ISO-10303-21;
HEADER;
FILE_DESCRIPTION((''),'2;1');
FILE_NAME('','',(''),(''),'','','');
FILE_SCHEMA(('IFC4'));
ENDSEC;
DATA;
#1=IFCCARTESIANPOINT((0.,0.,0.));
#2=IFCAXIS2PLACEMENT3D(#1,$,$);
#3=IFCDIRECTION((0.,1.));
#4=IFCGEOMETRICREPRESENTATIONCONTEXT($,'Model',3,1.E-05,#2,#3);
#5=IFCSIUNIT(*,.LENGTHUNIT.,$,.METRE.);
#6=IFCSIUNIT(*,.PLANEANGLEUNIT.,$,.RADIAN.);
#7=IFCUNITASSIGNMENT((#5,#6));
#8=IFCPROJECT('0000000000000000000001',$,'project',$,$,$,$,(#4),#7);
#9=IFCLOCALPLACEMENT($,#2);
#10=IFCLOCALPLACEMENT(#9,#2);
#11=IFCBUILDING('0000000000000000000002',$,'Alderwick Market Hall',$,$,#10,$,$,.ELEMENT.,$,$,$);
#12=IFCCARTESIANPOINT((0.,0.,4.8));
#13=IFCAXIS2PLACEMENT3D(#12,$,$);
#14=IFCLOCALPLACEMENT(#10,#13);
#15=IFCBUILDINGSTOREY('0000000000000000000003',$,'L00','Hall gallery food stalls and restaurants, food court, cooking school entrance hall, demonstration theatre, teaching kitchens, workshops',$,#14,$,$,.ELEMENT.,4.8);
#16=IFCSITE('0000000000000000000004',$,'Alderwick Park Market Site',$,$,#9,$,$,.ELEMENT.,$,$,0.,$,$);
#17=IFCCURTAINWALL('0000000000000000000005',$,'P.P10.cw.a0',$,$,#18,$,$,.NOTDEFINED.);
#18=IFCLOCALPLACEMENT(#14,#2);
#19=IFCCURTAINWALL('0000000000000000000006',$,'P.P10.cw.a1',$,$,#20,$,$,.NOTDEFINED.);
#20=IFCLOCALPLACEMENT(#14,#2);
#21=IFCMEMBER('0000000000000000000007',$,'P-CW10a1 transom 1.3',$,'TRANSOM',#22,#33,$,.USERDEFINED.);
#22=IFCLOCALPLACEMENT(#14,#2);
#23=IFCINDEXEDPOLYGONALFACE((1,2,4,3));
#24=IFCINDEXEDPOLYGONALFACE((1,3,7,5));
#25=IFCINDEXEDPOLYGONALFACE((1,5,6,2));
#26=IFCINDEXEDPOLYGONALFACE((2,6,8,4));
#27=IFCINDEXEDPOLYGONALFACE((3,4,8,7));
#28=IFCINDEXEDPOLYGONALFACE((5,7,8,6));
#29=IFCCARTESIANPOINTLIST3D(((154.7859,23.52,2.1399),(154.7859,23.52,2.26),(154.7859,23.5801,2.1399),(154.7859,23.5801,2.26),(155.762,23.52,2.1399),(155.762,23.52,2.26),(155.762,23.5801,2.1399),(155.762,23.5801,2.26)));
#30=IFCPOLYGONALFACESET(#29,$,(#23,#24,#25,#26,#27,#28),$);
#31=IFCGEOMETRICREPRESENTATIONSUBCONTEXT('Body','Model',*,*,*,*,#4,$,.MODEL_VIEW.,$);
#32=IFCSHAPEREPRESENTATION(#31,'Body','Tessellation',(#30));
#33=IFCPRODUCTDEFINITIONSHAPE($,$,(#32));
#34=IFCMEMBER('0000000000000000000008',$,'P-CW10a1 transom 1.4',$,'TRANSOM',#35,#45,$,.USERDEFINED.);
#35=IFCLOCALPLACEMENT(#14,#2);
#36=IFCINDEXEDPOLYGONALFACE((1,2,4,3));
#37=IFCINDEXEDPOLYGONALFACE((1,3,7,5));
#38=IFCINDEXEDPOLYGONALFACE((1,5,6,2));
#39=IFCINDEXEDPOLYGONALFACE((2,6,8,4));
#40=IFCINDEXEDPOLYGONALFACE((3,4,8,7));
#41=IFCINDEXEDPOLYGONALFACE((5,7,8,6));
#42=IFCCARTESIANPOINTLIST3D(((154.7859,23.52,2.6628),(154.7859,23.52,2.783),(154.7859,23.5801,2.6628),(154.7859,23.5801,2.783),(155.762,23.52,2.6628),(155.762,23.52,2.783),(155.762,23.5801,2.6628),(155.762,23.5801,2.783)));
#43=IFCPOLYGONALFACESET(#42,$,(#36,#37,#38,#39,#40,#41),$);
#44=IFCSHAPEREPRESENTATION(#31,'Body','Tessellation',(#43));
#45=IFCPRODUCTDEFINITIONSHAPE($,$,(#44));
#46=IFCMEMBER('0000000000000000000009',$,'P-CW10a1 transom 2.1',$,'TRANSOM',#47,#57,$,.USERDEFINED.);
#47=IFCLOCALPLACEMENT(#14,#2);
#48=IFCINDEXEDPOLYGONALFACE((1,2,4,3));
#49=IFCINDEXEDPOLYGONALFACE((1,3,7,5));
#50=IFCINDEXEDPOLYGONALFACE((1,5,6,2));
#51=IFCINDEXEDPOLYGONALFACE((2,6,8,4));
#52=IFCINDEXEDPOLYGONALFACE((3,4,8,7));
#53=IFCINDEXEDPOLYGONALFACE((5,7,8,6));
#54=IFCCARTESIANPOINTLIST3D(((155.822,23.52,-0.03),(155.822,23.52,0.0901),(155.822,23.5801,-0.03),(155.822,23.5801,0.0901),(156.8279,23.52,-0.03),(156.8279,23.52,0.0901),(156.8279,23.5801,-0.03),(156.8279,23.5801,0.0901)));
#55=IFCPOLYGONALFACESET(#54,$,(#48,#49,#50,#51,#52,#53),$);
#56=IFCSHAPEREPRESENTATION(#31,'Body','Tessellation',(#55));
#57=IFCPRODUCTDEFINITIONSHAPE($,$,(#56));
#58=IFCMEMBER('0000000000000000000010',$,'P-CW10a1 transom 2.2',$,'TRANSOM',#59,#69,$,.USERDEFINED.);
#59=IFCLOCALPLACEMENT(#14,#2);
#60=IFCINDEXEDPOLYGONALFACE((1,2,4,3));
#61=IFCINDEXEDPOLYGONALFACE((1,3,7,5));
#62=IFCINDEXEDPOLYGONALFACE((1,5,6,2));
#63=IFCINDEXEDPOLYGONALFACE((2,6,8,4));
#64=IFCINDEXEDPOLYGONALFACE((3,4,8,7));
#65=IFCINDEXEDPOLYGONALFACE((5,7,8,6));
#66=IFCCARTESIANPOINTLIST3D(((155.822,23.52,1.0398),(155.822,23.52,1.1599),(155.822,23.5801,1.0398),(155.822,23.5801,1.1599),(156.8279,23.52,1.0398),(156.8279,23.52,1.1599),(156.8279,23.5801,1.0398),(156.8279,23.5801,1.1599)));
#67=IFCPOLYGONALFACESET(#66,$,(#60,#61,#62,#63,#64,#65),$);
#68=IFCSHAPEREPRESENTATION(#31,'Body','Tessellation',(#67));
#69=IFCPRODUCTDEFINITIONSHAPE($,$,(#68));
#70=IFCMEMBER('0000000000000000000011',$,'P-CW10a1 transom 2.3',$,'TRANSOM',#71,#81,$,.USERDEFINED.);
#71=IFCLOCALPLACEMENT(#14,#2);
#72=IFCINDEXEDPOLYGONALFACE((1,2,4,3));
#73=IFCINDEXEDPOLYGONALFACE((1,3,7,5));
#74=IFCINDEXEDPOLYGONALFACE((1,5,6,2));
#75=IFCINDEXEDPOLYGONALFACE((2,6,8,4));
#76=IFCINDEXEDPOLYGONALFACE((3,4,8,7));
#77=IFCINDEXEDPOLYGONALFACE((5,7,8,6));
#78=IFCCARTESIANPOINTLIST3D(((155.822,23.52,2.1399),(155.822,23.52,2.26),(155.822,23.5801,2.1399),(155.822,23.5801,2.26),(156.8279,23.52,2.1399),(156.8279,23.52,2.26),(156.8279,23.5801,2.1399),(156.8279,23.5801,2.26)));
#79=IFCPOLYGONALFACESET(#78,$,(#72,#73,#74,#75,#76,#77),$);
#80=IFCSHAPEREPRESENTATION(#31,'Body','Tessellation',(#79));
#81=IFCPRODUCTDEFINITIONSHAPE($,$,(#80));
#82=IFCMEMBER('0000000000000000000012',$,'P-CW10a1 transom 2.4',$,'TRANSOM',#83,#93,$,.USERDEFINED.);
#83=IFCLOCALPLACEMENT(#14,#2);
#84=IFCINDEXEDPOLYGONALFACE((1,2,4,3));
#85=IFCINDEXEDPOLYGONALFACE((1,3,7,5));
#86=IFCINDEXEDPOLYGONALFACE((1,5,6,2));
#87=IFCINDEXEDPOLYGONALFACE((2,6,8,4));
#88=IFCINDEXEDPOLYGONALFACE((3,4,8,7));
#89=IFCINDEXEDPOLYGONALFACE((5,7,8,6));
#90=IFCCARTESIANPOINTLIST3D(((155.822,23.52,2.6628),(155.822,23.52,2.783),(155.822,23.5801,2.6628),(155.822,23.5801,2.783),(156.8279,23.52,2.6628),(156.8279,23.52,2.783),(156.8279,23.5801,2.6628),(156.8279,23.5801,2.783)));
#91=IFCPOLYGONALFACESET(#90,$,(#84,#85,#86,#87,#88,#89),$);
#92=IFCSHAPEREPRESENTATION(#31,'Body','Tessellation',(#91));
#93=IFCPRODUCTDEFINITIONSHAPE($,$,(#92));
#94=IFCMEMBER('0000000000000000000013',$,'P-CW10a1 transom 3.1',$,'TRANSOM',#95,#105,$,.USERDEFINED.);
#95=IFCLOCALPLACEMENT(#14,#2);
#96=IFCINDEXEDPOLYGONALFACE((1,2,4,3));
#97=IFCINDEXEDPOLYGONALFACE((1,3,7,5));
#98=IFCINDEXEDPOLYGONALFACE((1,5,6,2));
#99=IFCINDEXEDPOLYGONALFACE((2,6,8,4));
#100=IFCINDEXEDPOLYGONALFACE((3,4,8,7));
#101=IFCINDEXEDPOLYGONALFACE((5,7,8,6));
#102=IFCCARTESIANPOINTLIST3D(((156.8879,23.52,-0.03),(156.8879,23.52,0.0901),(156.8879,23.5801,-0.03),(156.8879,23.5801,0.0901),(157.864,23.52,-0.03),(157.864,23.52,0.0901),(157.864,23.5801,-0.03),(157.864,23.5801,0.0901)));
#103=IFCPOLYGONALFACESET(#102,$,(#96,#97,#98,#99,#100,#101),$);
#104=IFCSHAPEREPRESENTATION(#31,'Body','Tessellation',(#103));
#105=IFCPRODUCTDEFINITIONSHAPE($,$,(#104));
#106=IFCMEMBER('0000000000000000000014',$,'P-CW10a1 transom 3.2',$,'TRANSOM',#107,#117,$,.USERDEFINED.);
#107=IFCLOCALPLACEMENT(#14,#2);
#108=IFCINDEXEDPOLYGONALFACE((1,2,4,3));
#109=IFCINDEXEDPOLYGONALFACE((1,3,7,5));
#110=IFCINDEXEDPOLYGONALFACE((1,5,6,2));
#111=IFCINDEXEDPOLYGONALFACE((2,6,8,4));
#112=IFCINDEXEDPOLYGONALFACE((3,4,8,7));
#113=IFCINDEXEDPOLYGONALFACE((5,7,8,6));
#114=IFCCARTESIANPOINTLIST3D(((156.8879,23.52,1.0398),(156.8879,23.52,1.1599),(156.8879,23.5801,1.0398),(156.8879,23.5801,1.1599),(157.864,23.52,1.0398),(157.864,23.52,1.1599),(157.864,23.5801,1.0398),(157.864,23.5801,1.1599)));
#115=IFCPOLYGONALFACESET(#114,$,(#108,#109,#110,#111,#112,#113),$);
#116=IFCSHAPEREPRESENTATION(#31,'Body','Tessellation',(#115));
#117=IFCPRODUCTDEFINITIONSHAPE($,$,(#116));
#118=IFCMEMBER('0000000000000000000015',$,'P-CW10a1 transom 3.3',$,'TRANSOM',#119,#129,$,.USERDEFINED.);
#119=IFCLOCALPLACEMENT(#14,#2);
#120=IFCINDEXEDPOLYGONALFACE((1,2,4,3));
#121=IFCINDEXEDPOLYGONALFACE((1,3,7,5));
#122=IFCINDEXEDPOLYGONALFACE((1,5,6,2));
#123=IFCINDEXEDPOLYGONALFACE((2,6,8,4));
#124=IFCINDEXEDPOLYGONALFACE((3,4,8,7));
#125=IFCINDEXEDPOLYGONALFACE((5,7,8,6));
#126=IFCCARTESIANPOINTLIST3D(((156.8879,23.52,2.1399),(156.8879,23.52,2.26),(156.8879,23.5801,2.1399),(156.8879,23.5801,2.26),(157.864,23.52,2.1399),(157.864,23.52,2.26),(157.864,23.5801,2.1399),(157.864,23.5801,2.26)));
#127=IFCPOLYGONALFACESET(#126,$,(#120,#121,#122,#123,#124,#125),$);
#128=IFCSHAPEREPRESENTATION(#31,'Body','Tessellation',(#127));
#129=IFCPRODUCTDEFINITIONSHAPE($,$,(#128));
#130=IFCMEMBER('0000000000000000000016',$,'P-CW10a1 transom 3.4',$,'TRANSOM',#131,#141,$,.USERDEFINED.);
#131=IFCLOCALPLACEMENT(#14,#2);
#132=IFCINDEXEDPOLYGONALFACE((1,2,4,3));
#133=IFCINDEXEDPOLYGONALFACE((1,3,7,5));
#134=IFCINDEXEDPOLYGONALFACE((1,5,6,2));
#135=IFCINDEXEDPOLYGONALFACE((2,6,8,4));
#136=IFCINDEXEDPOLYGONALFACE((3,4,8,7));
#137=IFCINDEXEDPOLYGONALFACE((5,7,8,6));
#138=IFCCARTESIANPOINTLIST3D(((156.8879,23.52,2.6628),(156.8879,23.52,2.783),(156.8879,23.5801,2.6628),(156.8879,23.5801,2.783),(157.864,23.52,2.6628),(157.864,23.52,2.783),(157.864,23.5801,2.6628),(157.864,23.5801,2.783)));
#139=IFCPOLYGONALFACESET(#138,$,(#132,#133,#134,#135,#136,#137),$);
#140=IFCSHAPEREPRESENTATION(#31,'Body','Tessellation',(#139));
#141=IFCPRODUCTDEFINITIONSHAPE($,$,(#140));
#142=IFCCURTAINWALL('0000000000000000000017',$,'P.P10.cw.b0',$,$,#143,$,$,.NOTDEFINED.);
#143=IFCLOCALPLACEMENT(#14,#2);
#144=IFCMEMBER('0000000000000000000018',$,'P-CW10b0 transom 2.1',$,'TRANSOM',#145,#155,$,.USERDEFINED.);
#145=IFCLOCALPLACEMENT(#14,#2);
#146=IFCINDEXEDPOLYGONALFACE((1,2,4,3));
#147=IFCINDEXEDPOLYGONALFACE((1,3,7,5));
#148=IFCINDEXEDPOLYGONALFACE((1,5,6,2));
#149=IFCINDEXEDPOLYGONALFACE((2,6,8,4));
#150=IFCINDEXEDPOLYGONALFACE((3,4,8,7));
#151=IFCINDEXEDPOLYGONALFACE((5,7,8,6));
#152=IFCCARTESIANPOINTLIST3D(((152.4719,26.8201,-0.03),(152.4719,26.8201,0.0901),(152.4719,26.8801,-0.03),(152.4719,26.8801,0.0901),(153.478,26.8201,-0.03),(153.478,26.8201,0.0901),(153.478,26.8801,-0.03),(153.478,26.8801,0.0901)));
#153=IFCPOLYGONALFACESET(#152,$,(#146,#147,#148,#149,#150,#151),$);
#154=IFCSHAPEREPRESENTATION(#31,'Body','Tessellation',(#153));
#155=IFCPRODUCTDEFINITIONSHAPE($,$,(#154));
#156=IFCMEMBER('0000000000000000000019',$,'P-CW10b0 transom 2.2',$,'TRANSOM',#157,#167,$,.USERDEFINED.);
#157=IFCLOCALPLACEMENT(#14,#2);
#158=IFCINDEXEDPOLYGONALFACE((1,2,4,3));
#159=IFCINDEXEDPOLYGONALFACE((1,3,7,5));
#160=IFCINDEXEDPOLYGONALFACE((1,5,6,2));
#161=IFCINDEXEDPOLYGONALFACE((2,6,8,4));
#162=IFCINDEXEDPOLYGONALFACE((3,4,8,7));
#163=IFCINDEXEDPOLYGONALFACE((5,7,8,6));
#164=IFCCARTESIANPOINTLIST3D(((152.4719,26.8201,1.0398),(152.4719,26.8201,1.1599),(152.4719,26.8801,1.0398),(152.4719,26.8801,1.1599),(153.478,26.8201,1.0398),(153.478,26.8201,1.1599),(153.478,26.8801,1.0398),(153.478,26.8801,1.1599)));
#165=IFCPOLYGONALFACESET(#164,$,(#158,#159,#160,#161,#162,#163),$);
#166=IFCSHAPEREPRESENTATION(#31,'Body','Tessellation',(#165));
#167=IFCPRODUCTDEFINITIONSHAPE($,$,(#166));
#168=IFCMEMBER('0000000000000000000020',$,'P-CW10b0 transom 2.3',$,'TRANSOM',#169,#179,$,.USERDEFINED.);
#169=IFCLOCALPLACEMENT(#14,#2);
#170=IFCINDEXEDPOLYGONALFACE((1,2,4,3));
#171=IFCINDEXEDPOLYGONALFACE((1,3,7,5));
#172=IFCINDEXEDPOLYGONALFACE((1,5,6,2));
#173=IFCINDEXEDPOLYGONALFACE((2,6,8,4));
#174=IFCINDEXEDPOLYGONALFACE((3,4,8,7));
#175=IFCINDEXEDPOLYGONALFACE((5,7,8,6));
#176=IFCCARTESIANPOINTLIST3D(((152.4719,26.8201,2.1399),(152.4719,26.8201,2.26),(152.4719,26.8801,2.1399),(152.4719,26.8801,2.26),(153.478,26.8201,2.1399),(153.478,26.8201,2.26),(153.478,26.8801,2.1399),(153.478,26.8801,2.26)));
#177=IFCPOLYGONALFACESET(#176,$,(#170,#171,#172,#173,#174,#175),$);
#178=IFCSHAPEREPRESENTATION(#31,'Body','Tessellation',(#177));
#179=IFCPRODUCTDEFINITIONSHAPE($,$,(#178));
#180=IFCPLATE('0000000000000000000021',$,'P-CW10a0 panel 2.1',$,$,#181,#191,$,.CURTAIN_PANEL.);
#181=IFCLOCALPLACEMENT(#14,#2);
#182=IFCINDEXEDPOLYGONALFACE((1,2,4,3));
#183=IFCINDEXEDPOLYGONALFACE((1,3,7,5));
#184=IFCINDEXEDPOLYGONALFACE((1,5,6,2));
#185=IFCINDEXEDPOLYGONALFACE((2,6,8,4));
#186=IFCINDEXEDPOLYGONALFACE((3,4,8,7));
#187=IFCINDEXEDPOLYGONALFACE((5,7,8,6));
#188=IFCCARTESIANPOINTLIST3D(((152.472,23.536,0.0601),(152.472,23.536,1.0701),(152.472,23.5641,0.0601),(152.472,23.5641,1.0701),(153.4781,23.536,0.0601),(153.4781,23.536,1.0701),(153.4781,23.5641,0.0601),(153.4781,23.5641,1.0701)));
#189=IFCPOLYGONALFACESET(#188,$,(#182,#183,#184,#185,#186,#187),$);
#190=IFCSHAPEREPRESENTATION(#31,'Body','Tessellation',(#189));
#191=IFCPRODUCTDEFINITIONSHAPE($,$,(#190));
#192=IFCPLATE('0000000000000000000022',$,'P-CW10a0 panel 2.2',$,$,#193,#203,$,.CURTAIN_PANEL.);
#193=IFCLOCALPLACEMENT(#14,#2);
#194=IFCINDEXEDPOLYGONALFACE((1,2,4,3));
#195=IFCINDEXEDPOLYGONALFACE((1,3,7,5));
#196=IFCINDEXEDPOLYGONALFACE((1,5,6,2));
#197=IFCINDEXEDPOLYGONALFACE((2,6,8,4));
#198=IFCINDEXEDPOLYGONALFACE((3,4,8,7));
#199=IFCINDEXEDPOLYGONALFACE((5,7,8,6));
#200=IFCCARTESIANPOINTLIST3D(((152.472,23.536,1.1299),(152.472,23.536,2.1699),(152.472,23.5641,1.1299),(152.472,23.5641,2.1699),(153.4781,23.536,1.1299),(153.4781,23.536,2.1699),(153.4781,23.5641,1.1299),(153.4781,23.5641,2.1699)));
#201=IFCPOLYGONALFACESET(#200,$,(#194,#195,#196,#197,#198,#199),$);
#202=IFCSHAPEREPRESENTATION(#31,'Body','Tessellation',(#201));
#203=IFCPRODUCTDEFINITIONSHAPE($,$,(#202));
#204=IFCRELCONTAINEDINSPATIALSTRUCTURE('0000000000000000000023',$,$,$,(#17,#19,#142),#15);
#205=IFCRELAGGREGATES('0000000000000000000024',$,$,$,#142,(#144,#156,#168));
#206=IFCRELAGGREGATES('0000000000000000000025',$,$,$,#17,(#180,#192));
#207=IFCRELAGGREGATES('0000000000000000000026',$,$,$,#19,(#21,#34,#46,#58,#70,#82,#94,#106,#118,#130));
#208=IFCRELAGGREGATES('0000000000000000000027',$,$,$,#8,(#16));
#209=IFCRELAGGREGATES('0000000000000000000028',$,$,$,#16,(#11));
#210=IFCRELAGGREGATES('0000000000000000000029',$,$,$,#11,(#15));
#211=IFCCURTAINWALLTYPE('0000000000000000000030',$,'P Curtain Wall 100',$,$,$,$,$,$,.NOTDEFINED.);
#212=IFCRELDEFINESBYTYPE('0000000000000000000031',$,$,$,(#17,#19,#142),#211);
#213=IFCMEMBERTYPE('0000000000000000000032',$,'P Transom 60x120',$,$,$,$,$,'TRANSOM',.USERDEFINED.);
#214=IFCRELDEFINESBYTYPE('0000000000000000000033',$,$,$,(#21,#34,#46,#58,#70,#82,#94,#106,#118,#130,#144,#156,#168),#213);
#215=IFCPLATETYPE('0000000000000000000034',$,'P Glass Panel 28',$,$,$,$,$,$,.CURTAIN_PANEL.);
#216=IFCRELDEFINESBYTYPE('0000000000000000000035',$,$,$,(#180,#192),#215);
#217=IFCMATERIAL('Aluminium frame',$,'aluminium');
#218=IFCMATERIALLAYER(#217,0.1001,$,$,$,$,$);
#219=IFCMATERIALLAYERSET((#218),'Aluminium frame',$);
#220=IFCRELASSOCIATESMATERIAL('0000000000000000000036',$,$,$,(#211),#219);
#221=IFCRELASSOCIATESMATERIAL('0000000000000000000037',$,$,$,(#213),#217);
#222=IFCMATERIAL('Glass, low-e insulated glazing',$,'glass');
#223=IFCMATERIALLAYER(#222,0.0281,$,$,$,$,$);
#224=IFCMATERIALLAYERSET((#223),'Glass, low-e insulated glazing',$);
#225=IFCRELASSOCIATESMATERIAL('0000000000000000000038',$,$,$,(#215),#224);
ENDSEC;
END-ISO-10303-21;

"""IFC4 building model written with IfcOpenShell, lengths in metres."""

from ifc_helpers import new_model, si_unit, direction, frame, origin, origin_2d, place, context, subcontext, project, spatial, rectangle, extrude, material, layer, layer_set, material_profile, profile_set, type_object, element, aggregate, save


model = new_model("IFC4")

# Units and contexts
model_context = context("Model", 3, precision=1e-05, world=origin(), true_north=direction((0.0, 1.0)))
body_context = subcontext(model_context, "Body", "Model", "MODEL_VIEW")
ifc_project = project(units=[si_unit("LENGTHUNIT", "METRE"), si_unit("PLANEANGLEUNIT", "RADIAN")], contexts=[model_context])

# Site, building, storey
site_placement = place(None, origin())
site = spatial("IfcSite", under=ifc_project, at=site_placement, Name="Alderwick Park Market Site", CompositionType="ELEMENT", RefElevation=0.0)
building_placement = place(site_placement, origin())
building = spatial("IfcBuilding", under=site, at=building_placement, Name="Alderwick Market Hall", CompositionType="ELEMENT")
storey_placement = place(building_placement, frame((0.0, 0.0, 4.8)))
storey = spatial("IfcBuildingStorey", under=building, at=storey_placement, Name="L00", Description="Hall gallery food stalls and restaurants, food court, cooking school entrance hall, demonstration theatre, teaching kitchens, workshops", CompositionType="ELEMENT", Elevation=4.8)

# Curtain walls
ifc_material_1 = material(Name="Aluminium frame", Category="aluminium")
ifc_layer_1 = layer(ifc_material_1, 0.1001)
ifc_layer_set_1 = layer_set([ifc_layer_1], Name="Aluminium frame")
curtain_wall_type = type_object("IfcCurtainWallType", Name="P Curtain Wall 100", PredefinedType="NOTDEFINED", material=ifc_layer_set_1)
curtain_wall_1_placement = place(storey_placement, origin())
curtain_wall_1 = element("IfcCurtainWall", 1, at=curtain_wall_1_placement, inside=storey, type_object=curtain_wall_type, Name="P.P10.cw.a0", PredefinedType="NOTDEFINED")
curtain_wall_2_placement = place(storey_placement, origin())
curtain_wall_2 = element("IfcCurtainWall", 2, at=curtain_wall_2_placement, inside=storey, type_object=curtain_wall_type, Name="P.P10.cw.a1", PredefinedType="NOTDEFINED")

# Members
ifc_material_profile_1 = material_profile(ifc_material_1, rectangle(XDim=0.0601, YDim=0.1201, at=origin_2d()), Name="P Transom 60x120")
ifc_profile_set_1 = profile_set([ifc_material_profile_1], Name="Aluminium frame")
member_type_1 = type_object("IfcMemberType", Name="P Transom 60x120", ElementType="TRANSOM", PredefinedType="USERDEFINED", material=ifc_profile_set_1)
member_1_placement = place(storey_placement, frame((154.7859, 23.55, 2.2), z_axis=(1.0, 0.0, 0.0), x_axis=(0.0, 1.0, 0.0)))
member_1 = element("IfcMember", 3, at=member_1_placement, type_object=member_type_1, Name="P-CW10a1 transom 1.3", ObjectType="TRANSOM", PredefinedType="USERDEFINED", context=body_context, shape_type="SweptSolid", body=[
    extrude(rectangle(XDim=0.0601, YDim=0.1201, at=origin_2d()), origin(), (0.0, 0.0, 1.0), 0.9761),
])
member_2_placement = place(storey_placement, frame((154.7859, 23.55, 2.7229), z_axis=(1.0, 0.0, 0.0), x_axis=(0.0, 1.0, 0.0)))
member_2 = element("IfcMember", 4, at=member_2_placement, type_object=member_type_1, Name="P-CW10a1 transom 1.4", ObjectType="TRANSOM", PredefinedType="USERDEFINED", context=body_context, shape_type="SweptSolid", body=[
    extrude(rectangle(XDim=0.0601, YDim=0.1201, at=origin_2d()), origin(), (0.0, 0.0, 1.0), 0.9761),
])
member_3_placement = place(storey_placement, frame((155.822, 23.55, 0.03), z_axis=(1.0, 0.0, 0.0), x_axis=(0.0, 1.0, 0.0)))
member_3 = element("IfcMember", 5, at=member_3_placement, type_object=member_type_1, Name="P-CW10a1 transom 2.1", ObjectType="TRANSOM", PredefinedType="USERDEFINED", context=body_context, shape_type="SweptSolid", body=[
    extrude(rectangle(XDim=0.0601, YDim=0.1201, at=origin_2d()), origin(), (0.0, 0.0, 1.0), 1.0059),
])
member_4_placement = place(storey_placement, frame((155.822, 23.55, 1.0999), z_axis=(1.0, 0.0, 0.0), x_axis=(0.0, 1.0, 0.0)))
member_4 = element("IfcMember", 6, at=member_4_placement, type_object=member_type_1, Name="P-CW10a1 transom 2.2", ObjectType="TRANSOM", PredefinedType="USERDEFINED", context=body_context, shape_type="SweptSolid", body=[
    extrude(rectangle(XDim=0.0601, YDim=0.1201, at=origin_2d()), origin(), (0.0, 0.0, 1.0), 1.0059),
])
member_5_placement = place(storey_placement, frame((155.822, 23.55, 2.2), z_axis=(1.0, 0.0, 0.0), x_axis=(0.0, 1.0, 0.0)))
member_5 = element("IfcMember", 7, at=member_5_placement, type_object=member_type_1, Name="P-CW10a1 transom 2.3", ObjectType="TRANSOM", PredefinedType="USERDEFINED", context=body_context, shape_type="SweptSolid", body=[
    extrude(rectangle(XDim=0.0601, YDim=0.1201, at=origin_2d()), origin(), (0.0, 0.0, 1.0), 1.0059),
])
member_6_placement = place(storey_placement, frame((155.822, 23.55, 2.7229), z_axis=(1.0, 0.0, 0.0), x_axis=(0.0, 1.0, 0.0)))
member_6 = element("IfcMember", 8, at=member_6_placement, type_object=member_type_1, Name="P-CW10a1 transom 2.4", ObjectType="TRANSOM", PredefinedType="USERDEFINED", context=body_context, shape_type="SweptSolid", body=[
    extrude(rectangle(XDim=0.0601, YDim=0.1201, at=origin_2d()), origin(), (0.0, 0.0, 1.0), 1.0059),
])
member_7_placement = place(storey_placement, frame((156.8879, 23.55, 0.03), z_axis=(1.0, 0.0, 0.0), x_axis=(0.0, 1.0, 0.0)))
member_7 = element("IfcMember", 9, at=member_7_placement, type_object=member_type_1, Name="P-CW10a1 transom 3.1", ObjectType="TRANSOM", PredefinedType="USERDEFINED", context=body_context, shape_type="SweptSolid", body=[
    extrude(rectangle(XDim=0.0601, YDim=0.1201, at=origin_2d()), origin(), (0.0, 0.0, 1.0), 0.9761),
])
member_8_placement = place(storey_placement, frame((156.8879, 23.55, 1.0999), z_axis=(1.0, 0.0, 0.0), x_axis=(0.0, 1.0, 0.0)))
member_8 = element("IfcMember", 10, at=member_8_placement, type_object=member_type_1, Name="P-CW10a1 transom 3.2", ObjectType="TRANSOM", PredefinedType="USERDEFINED", context=body_context, shape_type="SweptSolid", body=[
    extrude(rectangle(XDim=0.0601, YDim=0.1201, at=origin_2d()), origin(), (0.0, 0.0, 1.0), 0.9761),
])
member_9_placement = place(storey_placement, frame((156.8879, 23.55, 2.2), z_axis=(1.0, 0.0, 0.0), x_axis=(0.0, 1.0, 0.0)))
member_9 = element("IfcMember", 11, at=member_9_placement, type_object=member_type_1, Name="P-CW10a1 transom 3.3", ObjectType="TRANSOM", PredefinedType="USERDEFINED", context=body_context, shape_type="SweptSolid", body=[
    extrude(rectangle(XDim=0.0601, YDim=0.1201, at=origin_2d()), origin(), (0.0, 0.0, 1.0), 0.9761),
])
member_10_placement = place(storey_placement, frame((156.8879, 23.55, 2.7229), z_axis=(1.0, 0.0, 0.0), x_axis=(0.0, 1.0, 0.0)))
member_10 = element("IfcMember", 12, at=member_10_placement, type_object=member_type_1, Name="P-CW10a1 transom 3.4", ObjectType="TRANSOM", PredefinedType="USERDEFINED", context=body_context, shape_type="SweptSolid", body=[
    extrude(rectangle(XDim=0.0601, YDim=0.1201, at=origin_2d()), origin(), (0.0, 0.0, 1.0), 0.9761),
])

# Curtain wall, members
curtain_wall_3_placement = place(storey_placement, origin())
curtain_wall_3 = element("IfcCurtainWall", 13, at=curtain_wall_3_placement, inside=storey, type_object=curtain_wall_type, Name="P.P10.cw.b0", PredefinedType="NOTDEFINED")
member_11_placement = place(storey_placement, frame((152.4719, 26.8501, 0.03), z_axis=(1.0, 0.0, 0.0), x_axis=(0.0, 1.0, 0.0)))
member_11 = element("IfcMember", 14, at=member_11_placement, type_object=member_type_1, Name="P-CW10b0 transom 2.1", ObjectType="TRANSOM", PredefinedType="USERDEFINED", context=body_context, shape_type="SweptSolid", body=[
    extrude(rectangle(XDim=0.0601, YDim=0.1201, at=origin_2d()), origin(), (0.0, 0.0, 1.0), 1.0061),
])
member_12_placement = place(storey_placement, frame((152.4719, 26.8501, 1.0999), z_axis=(1.0, 0.0, 0.0), x_axis=(0.0, 1.0, 0.0)))
member_12 = element("IfcMember", 15, at=member_12_placement, type_object=member_type_1, Name="P-CW10b0 transom 2.2", ObjectType="TRANSOM", PredefinedType="USERDEFINED", context=body_context, shape_type="SweptSolid", body=[
    extrude(rectangle(XDim=0.0601, YDim=0.1201, at=origin_2d()), origin(), (0.0, 0.0, 1.0), 1.0061),
])
member_13_placement = place(storey_placement, frame((152.4719, 26.8501, 2.2), z_axis=(1.0, 0.0, 0.0), x_axis=(0.0, 1.0, 0.0)))
member_13 = element("IfcMember", 16, at=member_13_placement, type_object=member_type_1, Name="P-CW10b0 transom 2.3", ObjectType="TRANSOM", PredefinedType="USERDEFINED", context=body_context, shape_type="SweptSolid", body=[
    extrude(rectangle(XDim=0.0601, YDim=0.1201, at=origin_2d()), origin(), (0.0, 0.0, 1.0), 1.0061),
])
aggregate(curtain_wall_3, [member_11, member_12, member_13])

# Plates
ifc_material_2 = material(Name="Glass, low-e insulated glazing", Category="glass")
ifc_layer_2 = layer(ifc_material_2, 0.0281)
ifc_layer_set_2 = layer_set([ifc_layer_2], Name="Glass, low-e insulated glazing")
plate_type = type_object("IfcPlateType", Name="P Glass Panel 28", PredefinedType="CURTAIN_PANEL", material=ifc_layer_set_2)
plate_1_placement = place(storey_placement, frame((152.9751, 23.55, 0.0601), z_axis=(0.0, 0.0, 1.0), x_axis=(1.0, 0.0, 0.0)))
plate_1 = element("IfcPlate", 17, at=plate_1_placement, type_object=plate_type, Name="P-CW10a0 panel 2.1", PredefinedType="CURTAIN_PANEL", context=body_context, shape_type="SweptSolid", body=[
    extrude(rectangle(XDim=1.0061, YDim=0.0281, at=origin_2d()), origin(), (0.0, 0.0, 1.0), 1.01),
])
plate_2_placement = place(storey_placement, frame((152.9751, 23.55, 1.1299), z_axis=(0.0, 0.0, 1.0), x_axis=(1.0, 0.0, 0.0)))
plate_2 = element("IfcPlate", 18, at=plate_2_placement, type_object=plate_type, Name="P-CW10a0 panel 2.2", PredefinedType="CURTAIN_PANEL", context=body_context, shape_type="SweptSolid", body=[
    extrude(rectangle(XDim=1.0061, YDim=0.0281, at=origin_2d()), origin(), (0.0, 0.0, 1.0), 1.04),
])
aggregate(curtain_wall_1, [plate_1, plate_2])
aggregate(curtain_wall_2, [member_1, member_2, member_3, member_4, member_5, member_6, member_7, member_8, member_9, member_10])

save(model, "model.ifc")
